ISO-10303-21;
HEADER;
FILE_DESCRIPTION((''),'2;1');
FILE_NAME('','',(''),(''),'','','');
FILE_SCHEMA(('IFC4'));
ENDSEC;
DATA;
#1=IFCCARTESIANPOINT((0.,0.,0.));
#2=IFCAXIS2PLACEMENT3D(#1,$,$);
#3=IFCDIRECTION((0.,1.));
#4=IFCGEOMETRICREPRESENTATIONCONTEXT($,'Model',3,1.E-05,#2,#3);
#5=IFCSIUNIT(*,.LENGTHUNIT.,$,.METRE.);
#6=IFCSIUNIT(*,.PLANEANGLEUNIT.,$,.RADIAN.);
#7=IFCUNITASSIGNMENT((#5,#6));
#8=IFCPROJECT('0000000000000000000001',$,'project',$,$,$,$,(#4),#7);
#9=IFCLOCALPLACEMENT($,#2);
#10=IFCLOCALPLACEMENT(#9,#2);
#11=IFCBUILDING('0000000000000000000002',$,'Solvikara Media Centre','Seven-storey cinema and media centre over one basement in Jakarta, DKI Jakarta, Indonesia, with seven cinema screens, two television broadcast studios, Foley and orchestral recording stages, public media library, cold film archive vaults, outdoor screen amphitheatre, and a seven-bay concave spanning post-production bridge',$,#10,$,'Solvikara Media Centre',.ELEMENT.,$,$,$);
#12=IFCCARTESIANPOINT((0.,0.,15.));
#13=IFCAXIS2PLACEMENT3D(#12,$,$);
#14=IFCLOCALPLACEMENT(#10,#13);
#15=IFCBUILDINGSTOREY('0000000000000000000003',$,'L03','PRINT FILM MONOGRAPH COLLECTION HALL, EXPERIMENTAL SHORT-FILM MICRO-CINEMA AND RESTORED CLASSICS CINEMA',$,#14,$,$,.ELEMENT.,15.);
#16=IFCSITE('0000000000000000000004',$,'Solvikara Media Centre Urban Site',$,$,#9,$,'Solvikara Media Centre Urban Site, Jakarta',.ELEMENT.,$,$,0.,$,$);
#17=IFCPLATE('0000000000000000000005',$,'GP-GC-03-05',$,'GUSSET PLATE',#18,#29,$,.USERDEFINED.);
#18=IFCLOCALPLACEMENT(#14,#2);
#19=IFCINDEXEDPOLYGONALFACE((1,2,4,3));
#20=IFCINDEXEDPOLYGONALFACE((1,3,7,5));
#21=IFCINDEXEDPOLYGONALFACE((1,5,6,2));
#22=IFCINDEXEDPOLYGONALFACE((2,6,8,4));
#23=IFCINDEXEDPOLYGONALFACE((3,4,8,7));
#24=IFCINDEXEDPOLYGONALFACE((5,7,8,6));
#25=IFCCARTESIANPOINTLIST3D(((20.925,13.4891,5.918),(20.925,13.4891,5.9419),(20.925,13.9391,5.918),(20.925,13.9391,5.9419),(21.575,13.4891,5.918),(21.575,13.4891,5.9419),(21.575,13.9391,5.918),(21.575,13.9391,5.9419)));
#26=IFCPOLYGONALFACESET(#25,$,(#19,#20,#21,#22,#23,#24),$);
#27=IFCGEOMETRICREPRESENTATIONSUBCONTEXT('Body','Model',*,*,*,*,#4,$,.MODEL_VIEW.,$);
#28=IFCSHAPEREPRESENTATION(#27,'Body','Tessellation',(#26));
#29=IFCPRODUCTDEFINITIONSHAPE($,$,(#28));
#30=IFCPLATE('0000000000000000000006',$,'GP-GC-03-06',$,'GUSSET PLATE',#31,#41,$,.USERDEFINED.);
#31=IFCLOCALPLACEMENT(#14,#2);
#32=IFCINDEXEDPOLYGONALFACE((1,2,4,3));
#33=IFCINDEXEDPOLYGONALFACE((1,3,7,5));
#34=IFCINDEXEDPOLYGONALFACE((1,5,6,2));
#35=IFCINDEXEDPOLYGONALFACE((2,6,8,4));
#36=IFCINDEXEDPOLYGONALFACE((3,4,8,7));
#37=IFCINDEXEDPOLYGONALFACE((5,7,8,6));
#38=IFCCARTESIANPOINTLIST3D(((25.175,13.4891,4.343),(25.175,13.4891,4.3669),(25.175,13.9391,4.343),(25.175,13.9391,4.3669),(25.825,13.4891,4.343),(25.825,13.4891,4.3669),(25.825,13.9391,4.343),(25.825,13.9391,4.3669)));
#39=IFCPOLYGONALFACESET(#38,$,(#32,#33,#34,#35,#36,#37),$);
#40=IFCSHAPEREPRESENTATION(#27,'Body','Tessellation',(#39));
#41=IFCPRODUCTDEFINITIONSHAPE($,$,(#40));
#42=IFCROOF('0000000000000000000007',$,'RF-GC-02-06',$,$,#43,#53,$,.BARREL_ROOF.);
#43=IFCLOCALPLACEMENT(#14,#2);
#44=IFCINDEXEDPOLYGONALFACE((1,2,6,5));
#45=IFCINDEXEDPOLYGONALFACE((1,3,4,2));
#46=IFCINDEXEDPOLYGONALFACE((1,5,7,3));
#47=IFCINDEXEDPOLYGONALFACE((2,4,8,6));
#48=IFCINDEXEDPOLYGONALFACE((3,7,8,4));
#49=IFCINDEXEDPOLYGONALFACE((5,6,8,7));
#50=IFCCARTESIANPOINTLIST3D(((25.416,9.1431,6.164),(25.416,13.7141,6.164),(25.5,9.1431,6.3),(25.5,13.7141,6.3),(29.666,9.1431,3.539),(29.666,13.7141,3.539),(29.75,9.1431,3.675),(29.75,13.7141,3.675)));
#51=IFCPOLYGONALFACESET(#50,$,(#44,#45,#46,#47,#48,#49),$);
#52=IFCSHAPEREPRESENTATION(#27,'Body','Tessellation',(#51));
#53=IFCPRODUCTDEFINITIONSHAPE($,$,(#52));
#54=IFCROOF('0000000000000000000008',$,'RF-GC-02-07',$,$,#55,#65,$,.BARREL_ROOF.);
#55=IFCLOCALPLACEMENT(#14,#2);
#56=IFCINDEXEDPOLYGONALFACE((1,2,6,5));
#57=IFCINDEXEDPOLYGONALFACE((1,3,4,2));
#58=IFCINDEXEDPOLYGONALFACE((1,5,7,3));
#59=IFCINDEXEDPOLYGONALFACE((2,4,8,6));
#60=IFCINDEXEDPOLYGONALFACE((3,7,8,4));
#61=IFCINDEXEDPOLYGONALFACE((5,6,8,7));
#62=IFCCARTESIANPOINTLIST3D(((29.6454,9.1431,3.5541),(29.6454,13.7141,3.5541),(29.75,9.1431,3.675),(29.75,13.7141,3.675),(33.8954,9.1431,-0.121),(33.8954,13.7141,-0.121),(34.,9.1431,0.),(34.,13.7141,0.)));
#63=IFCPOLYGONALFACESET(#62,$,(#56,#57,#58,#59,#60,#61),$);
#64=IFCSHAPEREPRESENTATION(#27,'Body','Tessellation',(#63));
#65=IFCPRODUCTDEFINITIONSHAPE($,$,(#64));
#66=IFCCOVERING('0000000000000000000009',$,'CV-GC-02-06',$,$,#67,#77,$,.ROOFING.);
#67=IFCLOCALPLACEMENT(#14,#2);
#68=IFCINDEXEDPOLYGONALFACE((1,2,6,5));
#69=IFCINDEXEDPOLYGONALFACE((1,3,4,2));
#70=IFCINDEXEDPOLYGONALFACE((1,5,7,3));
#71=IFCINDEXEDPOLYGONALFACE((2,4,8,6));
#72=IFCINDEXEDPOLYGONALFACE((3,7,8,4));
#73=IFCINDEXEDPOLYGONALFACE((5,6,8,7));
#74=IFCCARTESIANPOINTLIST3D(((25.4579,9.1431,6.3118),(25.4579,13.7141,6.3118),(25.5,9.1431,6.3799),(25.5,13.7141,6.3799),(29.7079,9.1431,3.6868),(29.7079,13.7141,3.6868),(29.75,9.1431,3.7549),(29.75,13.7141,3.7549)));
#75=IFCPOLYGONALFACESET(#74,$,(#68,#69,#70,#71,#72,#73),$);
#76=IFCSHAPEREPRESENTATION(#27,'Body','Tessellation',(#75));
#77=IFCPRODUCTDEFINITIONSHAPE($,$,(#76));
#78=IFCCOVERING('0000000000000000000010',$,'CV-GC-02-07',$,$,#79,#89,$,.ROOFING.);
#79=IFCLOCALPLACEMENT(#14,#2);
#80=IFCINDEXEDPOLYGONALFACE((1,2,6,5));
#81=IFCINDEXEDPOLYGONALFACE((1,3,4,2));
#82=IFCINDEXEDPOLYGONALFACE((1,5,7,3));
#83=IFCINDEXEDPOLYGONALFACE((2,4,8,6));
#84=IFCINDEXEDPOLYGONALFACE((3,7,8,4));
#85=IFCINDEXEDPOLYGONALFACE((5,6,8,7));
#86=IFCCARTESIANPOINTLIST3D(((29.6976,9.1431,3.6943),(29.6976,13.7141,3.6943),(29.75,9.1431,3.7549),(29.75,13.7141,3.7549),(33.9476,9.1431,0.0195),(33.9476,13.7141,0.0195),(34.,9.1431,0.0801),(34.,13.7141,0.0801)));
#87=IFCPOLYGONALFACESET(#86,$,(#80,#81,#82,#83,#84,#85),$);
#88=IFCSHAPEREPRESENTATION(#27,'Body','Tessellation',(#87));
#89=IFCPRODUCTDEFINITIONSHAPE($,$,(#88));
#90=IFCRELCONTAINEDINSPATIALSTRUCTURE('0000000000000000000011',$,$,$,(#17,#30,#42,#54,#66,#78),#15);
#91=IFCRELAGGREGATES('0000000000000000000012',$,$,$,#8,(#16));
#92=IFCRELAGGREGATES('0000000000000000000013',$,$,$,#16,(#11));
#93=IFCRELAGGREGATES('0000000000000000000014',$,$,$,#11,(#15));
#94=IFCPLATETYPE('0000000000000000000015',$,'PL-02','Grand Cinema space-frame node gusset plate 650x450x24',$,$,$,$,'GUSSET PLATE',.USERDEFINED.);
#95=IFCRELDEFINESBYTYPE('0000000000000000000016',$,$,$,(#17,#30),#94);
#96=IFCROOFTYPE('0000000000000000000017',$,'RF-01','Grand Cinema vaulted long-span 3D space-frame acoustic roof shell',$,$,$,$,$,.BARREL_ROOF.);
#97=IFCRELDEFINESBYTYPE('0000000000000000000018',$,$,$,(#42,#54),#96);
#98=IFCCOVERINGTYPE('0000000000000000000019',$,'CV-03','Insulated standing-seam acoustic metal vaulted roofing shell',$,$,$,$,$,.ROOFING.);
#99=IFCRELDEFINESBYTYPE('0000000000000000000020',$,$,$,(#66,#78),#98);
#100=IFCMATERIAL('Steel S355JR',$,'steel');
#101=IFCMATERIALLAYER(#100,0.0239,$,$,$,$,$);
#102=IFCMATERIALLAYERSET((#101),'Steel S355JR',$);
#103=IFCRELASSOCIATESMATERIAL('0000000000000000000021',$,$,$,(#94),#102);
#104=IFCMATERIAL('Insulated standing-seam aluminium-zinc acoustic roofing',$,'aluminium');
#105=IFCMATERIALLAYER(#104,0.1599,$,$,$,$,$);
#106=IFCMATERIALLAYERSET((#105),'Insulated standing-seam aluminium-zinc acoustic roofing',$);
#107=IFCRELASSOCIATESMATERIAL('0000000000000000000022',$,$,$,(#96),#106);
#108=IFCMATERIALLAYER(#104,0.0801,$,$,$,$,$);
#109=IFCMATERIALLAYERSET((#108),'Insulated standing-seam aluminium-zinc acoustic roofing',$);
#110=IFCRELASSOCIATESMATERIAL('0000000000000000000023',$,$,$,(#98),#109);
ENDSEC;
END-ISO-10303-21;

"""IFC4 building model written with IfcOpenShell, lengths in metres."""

from ifc_helpers import new_model, si_unit, direction, frame, origin, origin_2d, place, context, subcontext, project, spatial, polyline, rectangle, outline, extrude, material, layer, layer_set, type_object, element, save


model = new_model("IFC4")

# Units and contexts
model_context = context("Model", 3, precision=1e-05, world=origin(), true_north=direction((0.0, 1.0)))
body_context = subcontext(model_context, "Body", "Model", "MODEL_VIEW")
ifc_project = project(units=[si_unit("LENGTHUNIT", "METRE"), si_unit("PLANEANGLEUNIT", "RADIAN")], contexts=[model_context])

# Site, building, storey
site_placement = place(None, origin())
site = spatial("IfcSite", under=ifc_project, at=site_placement, Name="Solvikara Media Centre Urban Site", LongName="Solvikara Media Centre Urban Site, Jakarta", CompositionType="ELEMENT", RefElevation=0.0)
building_placement = place(site_placement, origin())
building = spatial("IfcBuilding", under=site, at=building_placement, Name="Solvikara Media Centre", Description="Seven-storey cinema and media centre over one basement in Jakarta, DKI Jakarta, Indonesia, with seven cinema screens, two television broadcast studios, Foley and orchestral recording stages, public media library, cold film archive vaults, outdoor screen amphitheatre, and a seven-bay concave spanning post-production bridge", LongName="Solvikara Media Centre", CompositionType="ELEMENT")
storey_placement = place(building_placement, frame((0.0, 0.0, 15.0)))
storey = spatial("IfcBuildingStorey", under=building, at=storey_placement, Name="L03", Description="PRINT FILM MONOGRAPH COLLECTION HALL, EXPERIMENTAL SHORT-FILM MICRO-CINEMA AND RESTORED CLASSICS CINEMA", CompositionType="ELEMENT", Elevation=15.0)

# Shared definitions
ifc_material_1 = material(Name="Steel S355JR", Category="steel")

# Plates
ifc_layer_1 = layer(ifc_material_1, 0.0239)
ifc_layer_set_1 = layer_set([ifc_layer_1], Name="Steel S355JR")
plate_type = type_object("IfcPlateType", Name="PL-02", Description="Grand Cinema space-frame node gusset plate 650x450x24", ElementType="GUSSET PLATE", PredefinedType="USERDEFINED", material=ifc_layer_set_1)
for number, where, z_axis, x_axis, name in (
    (1, (21.25, 13.7141, 5.918), (0.0, 0.0, 1.0), (1.0, 0.0, 0.0), "GP-GC-03-05"),
    (2, (25.5, 13.7141, 4.343), (0.0, 0.0, 1.0), (1.0, 0.0, 0.0), "GP-GC-03-06"),
):
    element("IfcPlate", number, at=place(storey_placement, frame(where, z_axis=z_axis, x_axis=x_axis)), inside=storey, type_object=plate_type, Name=name, ObjectType="GUSSET PLATE", PredefinedType="USERDEFINED", context=body_context, shape_type="SweptSolid", body=[
        extrude(rectangle(XDim=0.6499, YDim=0.45, at=origin_2d()), origin(), (0.0, 0.0, 1.0), 0.0239),
    ])

# Roofs
ifc_material_2 = material(Name="Insulated standing-seam aluminium-zinc acoustic roofing", Category="aluminium")
ifc_layer_2 = layer(ifc_material_2, 0.1599)
ifc_layer_set_2 = layer_set([ifc_layer_2], Name="Insulated standing-seam aluminium-zinc acoustic roofing")
roof_type = type_object("IfcRoofType", Name="RF-01", Description="Grand Cinema vaulted long-span 3D space-frame acoustic roof shell", PredefinedType="BARREL_ROOF", material=ifc_layer_set_2)
roof_1_placement = place(storey_placement, frame((25.5, 9.1431, 6.3), z_axis=(0.525493, 0.0, 0.850798), x_axis=(0.850798, 0.0, -0.525493)))
element("IfcRoof", 3, at=roof_1_placement, inside=storey, type_object=roof_type, Name="RF-GC-02-06", PredefinedType="BARREL_ROOF", context=body_context, shape_type="SweptSolid", body=[
    extrude(outline(polyline([(0.0, 0.0), (4.9953, 0.0), (4.9953, 4.571), (0.0, 4.571), (0.0, 0.0)])), origin(), (0.0, 0.0, -1.0), 0.1599),
])
roof_2_placement = place(storey_placement, frame((29.75, 9.1431, 3.675), z_axis=(0.654088, 0.0, 0.756418), x_axis=(0.756418, 0.0, -0.654088)))
element("IfcRoof", 4, at=roof_2_placement, inside=storey, type_object=roof_type, Name="RF-GC-02-07", PredefinedType="BARREL_ROOF", context=body_context, shape_type="SweptSolid", body=[
    extrude(outline(polyline([(0.0, 0.0), (5.6186, 0.0), (5.6186, 4.571), (0.0, 4.571), (0.0, 0.0)])), origin(), (0.0, 0.0, -1.0), 0.1599),
])

# Coverings
ifc_layer_3 = layer(ifc_material_2, 0.0801)
ifc_layer_set_3 = layer_set([ifc_layer_3], Name="Insulated standing-seam aluminium-zinc acoustic roofing")
covering_type = type_object("IfcCoveringType", Name="CV-03", Description="Insulated standing-seam acoustic metal vaulted roofing shell", PredefinedType="ROOFING", material=ifc_layer_set_3)
covering_1_placement = place(storey_placement, frame((25.5, 9.1431, 6.3799), z_axis=(0.525493, 0.0, 0.850798), x_axis=(0.850798, 0.0, -0.525493)))
element("IfcCovering", 5, at=covering_1_placement, inside=storey, type_object=covering_type, Name="CV-GC-02-06", PredefinedType="ROOFING", context=body_context, shape_type="SweptSolid", body=[
    extrude(outline(polyline([(0.0, 0.0), (4.9953, 0.0), (4.9953, 4.571), (0.0, 4.571), (0.0, 0.0)])), origin(), (0.0, 0.0, -1.0), 0.0801),
])
covering_2_placement = place(storey_placement, frame((29.75, 9.1431, 3.7549), z_axis=(0.654063, 0.0, 0.75644), x_axis=(0.75644, 0.0, -0.654063)))
element("IfcCovering", 6, at=covering_2_placement, inside=storey, type_object=covering_type, Name="CV-GC-02-07", PredefinedType="ROOFING", context=body_context, shape_type="SweptSolid", body=[
    extrude(outline(polyline([(0.0, 0.0), (5.6184, 0.0), (5.6184, 4.571), (0.0, 4.571), (0.0, 0.0)])), origin(), (0.0, 0.0, -1.0), 0.0801),
])

save(model, "model.ifc")
